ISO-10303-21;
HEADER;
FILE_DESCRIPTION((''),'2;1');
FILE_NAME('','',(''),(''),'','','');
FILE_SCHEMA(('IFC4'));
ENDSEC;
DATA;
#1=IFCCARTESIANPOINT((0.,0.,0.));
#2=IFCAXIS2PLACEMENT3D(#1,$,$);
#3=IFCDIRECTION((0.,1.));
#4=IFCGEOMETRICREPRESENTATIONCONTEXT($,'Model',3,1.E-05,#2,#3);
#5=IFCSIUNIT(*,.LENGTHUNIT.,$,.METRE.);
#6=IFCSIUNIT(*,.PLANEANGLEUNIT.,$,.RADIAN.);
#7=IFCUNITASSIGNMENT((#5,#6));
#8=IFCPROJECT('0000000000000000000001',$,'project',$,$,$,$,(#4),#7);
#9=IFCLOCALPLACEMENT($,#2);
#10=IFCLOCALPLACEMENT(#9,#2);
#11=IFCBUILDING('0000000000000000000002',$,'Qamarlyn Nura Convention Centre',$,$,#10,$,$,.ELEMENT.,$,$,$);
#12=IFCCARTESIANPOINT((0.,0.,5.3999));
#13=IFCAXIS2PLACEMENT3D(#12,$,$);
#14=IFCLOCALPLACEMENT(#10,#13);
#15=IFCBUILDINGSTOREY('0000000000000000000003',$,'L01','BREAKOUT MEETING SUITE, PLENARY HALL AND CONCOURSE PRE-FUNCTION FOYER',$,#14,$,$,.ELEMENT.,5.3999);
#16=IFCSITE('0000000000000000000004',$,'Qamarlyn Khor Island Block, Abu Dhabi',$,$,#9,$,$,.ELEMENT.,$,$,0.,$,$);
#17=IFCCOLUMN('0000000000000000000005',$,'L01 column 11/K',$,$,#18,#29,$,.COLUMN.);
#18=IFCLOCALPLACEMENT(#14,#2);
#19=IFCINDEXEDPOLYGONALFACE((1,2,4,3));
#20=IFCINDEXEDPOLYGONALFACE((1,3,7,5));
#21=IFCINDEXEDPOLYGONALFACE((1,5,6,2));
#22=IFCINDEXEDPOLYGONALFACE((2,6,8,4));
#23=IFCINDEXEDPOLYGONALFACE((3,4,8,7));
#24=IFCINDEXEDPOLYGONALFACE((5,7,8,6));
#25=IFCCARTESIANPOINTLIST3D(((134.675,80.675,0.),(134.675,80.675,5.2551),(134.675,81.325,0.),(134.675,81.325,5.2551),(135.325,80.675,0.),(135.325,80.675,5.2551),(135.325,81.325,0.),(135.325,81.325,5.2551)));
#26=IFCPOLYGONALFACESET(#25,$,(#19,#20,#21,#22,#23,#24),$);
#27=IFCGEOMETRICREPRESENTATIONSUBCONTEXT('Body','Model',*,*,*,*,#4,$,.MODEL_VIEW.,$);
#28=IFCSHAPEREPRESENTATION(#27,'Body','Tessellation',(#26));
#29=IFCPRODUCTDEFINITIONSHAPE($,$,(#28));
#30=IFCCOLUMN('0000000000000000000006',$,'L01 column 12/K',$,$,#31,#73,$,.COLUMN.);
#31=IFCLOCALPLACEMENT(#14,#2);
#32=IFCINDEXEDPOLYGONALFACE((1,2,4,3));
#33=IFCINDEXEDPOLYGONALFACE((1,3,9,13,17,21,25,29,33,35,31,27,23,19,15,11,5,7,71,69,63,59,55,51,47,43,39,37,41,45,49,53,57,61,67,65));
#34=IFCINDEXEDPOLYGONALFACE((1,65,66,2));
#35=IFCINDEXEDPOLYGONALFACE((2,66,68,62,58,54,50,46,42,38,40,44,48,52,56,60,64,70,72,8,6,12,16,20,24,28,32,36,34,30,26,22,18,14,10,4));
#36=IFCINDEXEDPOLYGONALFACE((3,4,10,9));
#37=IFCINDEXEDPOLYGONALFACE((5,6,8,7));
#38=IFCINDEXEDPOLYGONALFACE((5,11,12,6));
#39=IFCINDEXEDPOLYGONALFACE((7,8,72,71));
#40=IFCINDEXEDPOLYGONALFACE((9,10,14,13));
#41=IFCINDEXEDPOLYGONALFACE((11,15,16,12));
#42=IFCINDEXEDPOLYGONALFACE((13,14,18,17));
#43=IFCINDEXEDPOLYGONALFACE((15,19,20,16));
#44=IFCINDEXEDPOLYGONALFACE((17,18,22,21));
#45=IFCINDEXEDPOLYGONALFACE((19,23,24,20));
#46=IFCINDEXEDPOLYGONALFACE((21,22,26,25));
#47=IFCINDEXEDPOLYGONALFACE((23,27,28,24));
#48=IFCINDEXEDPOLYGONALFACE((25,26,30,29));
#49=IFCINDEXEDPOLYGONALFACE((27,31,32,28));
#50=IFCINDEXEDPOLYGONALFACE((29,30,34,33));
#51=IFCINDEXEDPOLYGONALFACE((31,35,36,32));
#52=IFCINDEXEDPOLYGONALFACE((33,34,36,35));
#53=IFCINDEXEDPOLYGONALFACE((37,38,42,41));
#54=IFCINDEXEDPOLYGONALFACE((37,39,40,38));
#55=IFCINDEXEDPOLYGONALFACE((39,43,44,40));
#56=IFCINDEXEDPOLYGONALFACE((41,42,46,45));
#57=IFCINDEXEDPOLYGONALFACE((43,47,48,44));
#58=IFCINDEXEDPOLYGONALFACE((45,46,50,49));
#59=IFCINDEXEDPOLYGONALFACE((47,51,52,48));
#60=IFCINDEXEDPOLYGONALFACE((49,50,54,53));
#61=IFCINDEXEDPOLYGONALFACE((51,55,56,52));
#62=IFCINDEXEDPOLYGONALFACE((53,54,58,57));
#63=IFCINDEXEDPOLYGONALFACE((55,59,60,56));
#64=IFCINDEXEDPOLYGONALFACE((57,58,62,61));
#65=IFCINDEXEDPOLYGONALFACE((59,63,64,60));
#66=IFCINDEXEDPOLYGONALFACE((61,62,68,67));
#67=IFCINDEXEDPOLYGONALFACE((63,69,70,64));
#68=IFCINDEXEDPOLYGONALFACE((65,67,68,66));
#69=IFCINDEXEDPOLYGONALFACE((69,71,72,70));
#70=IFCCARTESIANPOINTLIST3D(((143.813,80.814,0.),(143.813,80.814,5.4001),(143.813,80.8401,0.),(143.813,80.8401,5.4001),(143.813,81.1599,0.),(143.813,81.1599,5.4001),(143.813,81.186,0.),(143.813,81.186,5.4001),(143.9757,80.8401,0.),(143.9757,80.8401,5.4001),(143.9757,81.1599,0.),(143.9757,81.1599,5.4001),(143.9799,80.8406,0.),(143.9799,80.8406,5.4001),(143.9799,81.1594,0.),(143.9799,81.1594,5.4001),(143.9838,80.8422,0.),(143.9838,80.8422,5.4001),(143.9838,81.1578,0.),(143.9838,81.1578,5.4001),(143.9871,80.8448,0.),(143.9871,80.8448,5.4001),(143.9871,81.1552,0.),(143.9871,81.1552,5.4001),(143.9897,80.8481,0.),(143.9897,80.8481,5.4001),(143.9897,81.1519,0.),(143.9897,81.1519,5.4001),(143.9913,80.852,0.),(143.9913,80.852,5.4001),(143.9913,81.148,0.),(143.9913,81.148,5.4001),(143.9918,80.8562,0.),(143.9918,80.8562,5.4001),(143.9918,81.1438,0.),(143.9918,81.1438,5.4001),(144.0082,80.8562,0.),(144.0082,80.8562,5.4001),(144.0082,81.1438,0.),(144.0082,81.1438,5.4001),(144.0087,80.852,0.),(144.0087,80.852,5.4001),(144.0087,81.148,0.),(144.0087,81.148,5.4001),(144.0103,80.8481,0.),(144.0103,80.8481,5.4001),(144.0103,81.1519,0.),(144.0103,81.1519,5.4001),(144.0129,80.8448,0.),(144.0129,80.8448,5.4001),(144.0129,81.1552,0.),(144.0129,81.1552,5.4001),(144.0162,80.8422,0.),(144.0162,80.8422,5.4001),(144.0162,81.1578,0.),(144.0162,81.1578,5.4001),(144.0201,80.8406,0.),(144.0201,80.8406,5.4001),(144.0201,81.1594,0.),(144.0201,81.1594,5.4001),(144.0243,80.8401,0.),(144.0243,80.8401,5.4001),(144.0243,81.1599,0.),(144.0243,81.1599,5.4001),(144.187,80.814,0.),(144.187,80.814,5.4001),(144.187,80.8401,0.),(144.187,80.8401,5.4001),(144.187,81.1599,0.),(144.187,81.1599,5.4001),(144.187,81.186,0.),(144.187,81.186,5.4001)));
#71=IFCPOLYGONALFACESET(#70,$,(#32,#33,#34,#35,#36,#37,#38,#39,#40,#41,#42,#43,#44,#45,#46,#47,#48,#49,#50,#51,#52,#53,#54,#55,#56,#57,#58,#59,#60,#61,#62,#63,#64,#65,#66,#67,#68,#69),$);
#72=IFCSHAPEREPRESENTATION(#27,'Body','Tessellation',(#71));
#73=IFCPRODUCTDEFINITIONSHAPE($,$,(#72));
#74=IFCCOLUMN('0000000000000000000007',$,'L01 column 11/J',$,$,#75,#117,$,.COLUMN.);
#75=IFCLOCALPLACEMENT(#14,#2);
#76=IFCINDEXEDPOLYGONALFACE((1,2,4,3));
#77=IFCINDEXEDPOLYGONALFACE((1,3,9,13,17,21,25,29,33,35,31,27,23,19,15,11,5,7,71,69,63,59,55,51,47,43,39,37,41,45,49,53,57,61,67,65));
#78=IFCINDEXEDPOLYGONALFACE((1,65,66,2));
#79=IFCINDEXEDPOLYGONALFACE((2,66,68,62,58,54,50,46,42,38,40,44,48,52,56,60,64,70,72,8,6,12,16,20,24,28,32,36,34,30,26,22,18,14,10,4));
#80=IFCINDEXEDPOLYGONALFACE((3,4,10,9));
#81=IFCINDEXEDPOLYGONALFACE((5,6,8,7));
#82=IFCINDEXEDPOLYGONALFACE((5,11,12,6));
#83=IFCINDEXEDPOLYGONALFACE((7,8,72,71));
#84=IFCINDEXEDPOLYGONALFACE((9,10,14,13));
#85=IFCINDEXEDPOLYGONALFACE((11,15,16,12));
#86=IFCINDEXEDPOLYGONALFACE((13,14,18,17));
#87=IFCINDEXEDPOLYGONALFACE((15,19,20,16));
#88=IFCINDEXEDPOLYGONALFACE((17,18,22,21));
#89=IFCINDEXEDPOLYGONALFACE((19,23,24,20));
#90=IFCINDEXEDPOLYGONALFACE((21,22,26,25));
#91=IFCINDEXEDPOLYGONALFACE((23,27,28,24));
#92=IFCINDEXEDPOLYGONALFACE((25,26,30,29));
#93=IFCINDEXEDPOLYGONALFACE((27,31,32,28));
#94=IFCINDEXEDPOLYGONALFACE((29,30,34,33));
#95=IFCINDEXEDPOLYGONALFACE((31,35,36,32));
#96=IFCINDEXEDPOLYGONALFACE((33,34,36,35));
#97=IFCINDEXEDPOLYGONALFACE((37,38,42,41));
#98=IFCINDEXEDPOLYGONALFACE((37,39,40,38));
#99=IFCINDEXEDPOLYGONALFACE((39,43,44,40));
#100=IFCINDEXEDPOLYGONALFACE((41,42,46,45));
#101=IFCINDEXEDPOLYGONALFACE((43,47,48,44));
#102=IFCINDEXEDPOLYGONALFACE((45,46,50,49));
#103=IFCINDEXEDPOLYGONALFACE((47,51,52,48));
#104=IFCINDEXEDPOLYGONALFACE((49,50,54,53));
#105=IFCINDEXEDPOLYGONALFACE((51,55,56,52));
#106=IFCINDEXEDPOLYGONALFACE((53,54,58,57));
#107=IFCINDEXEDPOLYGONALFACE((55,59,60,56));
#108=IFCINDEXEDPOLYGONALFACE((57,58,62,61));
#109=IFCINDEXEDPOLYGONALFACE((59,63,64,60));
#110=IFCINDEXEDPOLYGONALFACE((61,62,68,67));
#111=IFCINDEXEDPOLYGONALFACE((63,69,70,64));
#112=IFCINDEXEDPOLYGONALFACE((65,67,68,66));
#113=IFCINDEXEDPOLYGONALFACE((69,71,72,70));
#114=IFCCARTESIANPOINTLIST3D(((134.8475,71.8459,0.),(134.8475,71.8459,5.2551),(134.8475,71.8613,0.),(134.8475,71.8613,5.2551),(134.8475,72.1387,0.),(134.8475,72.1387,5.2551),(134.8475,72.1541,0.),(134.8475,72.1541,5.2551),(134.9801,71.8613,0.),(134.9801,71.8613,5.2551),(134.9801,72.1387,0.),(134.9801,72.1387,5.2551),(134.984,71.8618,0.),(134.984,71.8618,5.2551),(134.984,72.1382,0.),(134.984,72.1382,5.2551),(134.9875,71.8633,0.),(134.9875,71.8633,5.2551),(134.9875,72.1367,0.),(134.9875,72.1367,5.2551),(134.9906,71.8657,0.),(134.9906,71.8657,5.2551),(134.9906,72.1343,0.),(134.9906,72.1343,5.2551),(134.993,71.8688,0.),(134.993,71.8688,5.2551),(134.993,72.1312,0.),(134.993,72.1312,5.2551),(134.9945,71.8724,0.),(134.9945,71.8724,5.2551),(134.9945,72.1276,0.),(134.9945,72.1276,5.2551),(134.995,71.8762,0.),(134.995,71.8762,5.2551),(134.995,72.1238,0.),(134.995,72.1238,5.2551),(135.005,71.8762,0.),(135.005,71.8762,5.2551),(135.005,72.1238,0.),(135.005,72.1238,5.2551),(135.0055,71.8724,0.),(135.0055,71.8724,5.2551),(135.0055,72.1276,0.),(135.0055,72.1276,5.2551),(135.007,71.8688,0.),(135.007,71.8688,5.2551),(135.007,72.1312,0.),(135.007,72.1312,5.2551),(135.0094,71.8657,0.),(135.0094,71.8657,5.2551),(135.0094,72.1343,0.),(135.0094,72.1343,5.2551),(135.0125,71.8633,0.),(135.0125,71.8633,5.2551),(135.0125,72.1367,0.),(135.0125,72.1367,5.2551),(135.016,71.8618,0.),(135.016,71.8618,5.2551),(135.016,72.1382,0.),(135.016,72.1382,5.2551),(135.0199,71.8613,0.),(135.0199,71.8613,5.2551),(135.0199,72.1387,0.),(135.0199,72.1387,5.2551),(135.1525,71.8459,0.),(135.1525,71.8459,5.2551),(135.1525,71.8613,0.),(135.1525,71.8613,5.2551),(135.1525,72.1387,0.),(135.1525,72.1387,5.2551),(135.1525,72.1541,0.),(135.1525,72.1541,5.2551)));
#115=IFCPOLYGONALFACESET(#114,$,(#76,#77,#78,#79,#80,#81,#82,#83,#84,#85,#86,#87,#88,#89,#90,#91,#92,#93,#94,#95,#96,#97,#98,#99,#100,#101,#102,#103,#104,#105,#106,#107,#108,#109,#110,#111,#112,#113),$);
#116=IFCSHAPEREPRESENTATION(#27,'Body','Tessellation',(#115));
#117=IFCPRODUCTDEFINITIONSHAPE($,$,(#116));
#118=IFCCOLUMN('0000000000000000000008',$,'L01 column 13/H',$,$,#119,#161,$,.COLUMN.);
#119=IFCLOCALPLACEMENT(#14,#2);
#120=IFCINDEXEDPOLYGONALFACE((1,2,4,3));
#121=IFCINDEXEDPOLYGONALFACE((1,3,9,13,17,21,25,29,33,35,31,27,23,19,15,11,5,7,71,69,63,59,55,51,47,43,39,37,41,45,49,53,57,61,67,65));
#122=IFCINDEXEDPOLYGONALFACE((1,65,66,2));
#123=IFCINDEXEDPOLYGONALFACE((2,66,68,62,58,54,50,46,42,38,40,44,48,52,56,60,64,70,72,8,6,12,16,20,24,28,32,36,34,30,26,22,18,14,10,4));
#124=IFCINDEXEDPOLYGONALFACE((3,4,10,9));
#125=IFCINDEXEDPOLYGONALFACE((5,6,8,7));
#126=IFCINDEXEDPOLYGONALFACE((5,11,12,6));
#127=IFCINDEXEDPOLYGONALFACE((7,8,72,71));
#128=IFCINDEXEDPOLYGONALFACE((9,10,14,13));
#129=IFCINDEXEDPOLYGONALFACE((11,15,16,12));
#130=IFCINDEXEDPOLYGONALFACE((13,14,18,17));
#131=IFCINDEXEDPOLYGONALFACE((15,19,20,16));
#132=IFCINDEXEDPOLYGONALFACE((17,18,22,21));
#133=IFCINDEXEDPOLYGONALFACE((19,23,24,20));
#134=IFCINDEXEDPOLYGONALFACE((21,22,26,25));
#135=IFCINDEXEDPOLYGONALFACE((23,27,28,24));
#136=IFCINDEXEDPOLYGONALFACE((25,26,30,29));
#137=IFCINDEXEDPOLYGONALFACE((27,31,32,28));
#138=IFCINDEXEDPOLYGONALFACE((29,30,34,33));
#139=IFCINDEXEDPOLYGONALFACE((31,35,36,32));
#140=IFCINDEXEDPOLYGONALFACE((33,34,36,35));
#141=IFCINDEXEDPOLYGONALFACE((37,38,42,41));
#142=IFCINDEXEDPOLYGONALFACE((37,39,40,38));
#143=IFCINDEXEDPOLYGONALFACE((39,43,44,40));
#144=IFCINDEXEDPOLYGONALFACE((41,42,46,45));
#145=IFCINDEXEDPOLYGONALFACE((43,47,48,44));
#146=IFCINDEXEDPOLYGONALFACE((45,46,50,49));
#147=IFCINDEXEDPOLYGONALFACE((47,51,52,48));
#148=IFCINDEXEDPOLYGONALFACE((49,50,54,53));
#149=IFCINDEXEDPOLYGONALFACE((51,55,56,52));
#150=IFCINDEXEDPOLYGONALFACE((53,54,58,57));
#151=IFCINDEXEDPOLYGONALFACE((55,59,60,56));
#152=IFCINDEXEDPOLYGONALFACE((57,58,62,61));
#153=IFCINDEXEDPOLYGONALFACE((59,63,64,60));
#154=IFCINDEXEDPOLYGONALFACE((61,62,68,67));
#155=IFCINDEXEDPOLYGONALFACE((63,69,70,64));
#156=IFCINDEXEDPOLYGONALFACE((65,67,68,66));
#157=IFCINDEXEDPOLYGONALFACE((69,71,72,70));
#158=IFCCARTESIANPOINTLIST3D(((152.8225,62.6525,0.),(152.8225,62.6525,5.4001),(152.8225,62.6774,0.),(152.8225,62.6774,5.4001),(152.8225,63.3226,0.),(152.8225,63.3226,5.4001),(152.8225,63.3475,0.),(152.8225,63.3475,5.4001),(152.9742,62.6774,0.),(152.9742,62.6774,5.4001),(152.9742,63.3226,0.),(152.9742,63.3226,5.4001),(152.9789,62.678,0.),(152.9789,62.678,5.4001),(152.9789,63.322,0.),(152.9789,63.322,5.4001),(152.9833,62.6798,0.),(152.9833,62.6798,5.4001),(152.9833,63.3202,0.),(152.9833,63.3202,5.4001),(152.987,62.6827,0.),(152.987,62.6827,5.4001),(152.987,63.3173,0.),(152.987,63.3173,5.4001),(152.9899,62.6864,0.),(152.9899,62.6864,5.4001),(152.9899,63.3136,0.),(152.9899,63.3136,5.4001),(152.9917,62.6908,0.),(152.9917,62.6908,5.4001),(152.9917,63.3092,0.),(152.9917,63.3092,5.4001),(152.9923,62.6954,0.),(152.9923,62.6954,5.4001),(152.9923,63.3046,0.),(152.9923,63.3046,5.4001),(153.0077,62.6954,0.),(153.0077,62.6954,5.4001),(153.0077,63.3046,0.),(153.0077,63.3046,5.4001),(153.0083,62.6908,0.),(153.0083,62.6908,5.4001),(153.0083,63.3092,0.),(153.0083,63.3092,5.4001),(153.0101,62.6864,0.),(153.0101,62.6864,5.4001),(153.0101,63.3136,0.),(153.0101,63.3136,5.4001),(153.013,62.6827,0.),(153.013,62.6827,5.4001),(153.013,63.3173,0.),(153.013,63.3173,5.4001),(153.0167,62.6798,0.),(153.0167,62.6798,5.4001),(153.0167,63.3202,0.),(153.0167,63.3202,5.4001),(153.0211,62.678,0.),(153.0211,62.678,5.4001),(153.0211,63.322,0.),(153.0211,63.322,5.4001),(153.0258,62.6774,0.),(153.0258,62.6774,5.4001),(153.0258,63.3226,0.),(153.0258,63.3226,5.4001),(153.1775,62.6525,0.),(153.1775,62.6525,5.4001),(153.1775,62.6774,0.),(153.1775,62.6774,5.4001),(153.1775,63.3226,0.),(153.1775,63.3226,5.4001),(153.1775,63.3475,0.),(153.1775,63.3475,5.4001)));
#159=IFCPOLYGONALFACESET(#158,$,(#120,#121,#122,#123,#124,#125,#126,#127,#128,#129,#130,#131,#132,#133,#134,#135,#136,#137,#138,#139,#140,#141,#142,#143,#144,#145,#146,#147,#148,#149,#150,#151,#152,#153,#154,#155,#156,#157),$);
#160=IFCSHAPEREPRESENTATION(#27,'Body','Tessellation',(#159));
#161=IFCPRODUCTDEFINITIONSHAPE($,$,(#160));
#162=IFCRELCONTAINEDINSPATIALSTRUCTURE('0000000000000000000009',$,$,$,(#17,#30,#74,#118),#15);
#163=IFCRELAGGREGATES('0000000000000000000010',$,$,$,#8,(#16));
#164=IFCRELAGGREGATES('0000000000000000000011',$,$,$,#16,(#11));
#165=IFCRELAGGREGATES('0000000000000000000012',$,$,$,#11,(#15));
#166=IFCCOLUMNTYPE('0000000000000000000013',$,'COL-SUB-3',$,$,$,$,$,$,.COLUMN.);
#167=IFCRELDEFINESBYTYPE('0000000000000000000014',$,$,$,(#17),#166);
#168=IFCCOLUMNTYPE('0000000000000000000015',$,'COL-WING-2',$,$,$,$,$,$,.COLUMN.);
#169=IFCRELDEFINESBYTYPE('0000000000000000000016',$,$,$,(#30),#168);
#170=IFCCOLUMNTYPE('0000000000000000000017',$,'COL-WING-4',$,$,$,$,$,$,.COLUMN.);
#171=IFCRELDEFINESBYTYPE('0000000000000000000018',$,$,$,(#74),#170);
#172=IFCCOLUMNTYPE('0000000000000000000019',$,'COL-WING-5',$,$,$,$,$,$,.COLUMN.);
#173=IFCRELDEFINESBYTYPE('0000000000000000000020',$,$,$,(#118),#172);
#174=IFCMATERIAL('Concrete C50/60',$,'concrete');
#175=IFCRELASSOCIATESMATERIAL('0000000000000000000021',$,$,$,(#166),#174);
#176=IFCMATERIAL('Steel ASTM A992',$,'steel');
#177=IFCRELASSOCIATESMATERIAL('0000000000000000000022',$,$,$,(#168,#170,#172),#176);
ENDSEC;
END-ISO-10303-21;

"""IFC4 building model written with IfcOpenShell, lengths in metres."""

from ifc_helpers import new_model, si_unit, direction, frame, origin, origin_2d, place, context, subcontext, project, spatial, rectangle, i_section, extrude, material, material_profile, profile_set, type_object, element, save


model = new_model("IFC4")

# Units and contexts
model_context = context("Model", 3, precision=1e-05, world=origin(), true_north=direction((0.0, 1.0)))
body_context = subcontext(model_context, "Body", "Model", "MODEL_VIEW")
ifc_project = project(units=[si_unit("LENGTHUNIT", "METRE"), si_unit("PLANEANGLEUNIT", "RADIAN")], contexts=[model_context])

# Site, building, storey
site_placement = place(None, origin())
site = spatial("IfcSite", under=ifc_project, at=site_placement, Name="Qamarlyn Khor Island Block, Abu Dhabi", CompositionType="ELEMENT", RefElevation=0.0)
building_placement = place(site_placement, origin())
building = spatial("IfcBuilding", under=site, at=building_placement, Name="Qamarlyn Nura Convention Centre", CompositionType="ELEMENT")
storey_placement = place(building_placement, frame((0.0, 0.0, 5.3999)))
storey = spatial("IfcBuildingStorey", under=building, at=storey_placement, Name="L01", Description="BREAKOUT MEETING SUITE, PLENARY HALL AND CONCOURSE PRE-FUNCTION FOYER", CompositionType="ELEMENT", Elevation=5.3999)

# Columns
ifc_material_1 = material(Name="Steel ASTM A992", Category="steel")
ifc_material_2 = material(Name="Concrete C50/60", Category="concrete")
ifc_material_profile_1 = material_profile(ifc_material_2, rectangle(XDim=0.6499, YDim=0.6499, at=origin_2d()), Name="RC 650x650")
ifc_profile_set_1 = profile_set([ifc_material_profile_1], Name="Concrete C50/60")
column_type_1 = type_object("IfcColumnType", Name="COL-SUB-3", PredefinedType="COLUMN", material=ifc_profile_set_1)
column_1_placement = place(storey_placement, frame((135.0, 81.0, 0.0), z_axis=(0.0, 0.0, 1.0), x_axis=(1.0, 0.0, 0.0)))
element("IfcColumn", 1, at=column_1_placement, inside=storey, type_object=column_type_1, Name="L01 column 11/K", PredefinedType="COLUMN", context=body_context, shape_type="SweptSolid", body=[
    extrude(rectangle(XDim=0.6499, YDim=0.6499, at=origin_2d()), origin(), (0.0, 0.0, 1.0), 5.2551),
])
ifc_material_profile_2 = material_profile(ifc_material_1, i_section(OverallWidth=0.374, OverallDepth=0.3721, WebThickness=0.0164, FlangeThickness=0.0261, FilletRadius=0.0161, at=origin_2d()), Name="W360X196")
ifc_profile_set_2 = profile_set([ifc_material_profile_2], Name="Steel ASTM A992")
column_type_2 = type_object("IfcColumnType", Name="COL-WING-2", PredefinedType="COLUMN", material=ifc_profile_set_2)
column_2_placement = place(storey_placement, frame((144.0, 81.0, 0.0), z_axis=(0.0, 0.0, 1.0), x_axis=(1.0, 0.0, 0.0)))
element("IfcColumn", 2, at=column_2_placement, inside=storey, type_object=column_type_2, Name="L01 column 12/K", PredefinedType="COLUMN", context=body_context, shape_type="SweptSolid", body=[
    extrude(i_section(OverallWidth=0.374, OverallDepth=0.3721, WebThickness=0.0164, FlangeThickness=0.0261, FilletRadius=0.0161, at=origin_2d()), origin(), (0.0, 0.0, 1.0), 5.4001),
])
ifc_material_profile_3 = material_profile(ifc_material_1, i_section(OverallWidth=0.3049, OverallDepth=0.3081, WebThickness=0.01, FlangeThickness=0.0154, FilletRadius=0.0149, at=origin_2d()), Name="W310X97")
ifc_profile_set_3 = profile_set([ifc_material_profile_3], Name="Steel ASTM A992")
column_type_3 = type_object("IfcColumnType", Name="COL-WING-4", PredefinedType="COLUMN", material=ifc_profile_set_3)
column_3_placement = place(storey_placement, frame((135.0, 72.0, 0.0), z_axis=(0.0, 0.0, 1.0), x_axis=(1.0, 0.0, 0.0)))
element("IfcColumn", 3, at=column_3_placement, inside=storey, type_object=column_type_3, Name="L01 column 11/J", PredefinedType="COLUMN", context=body_context, shape_type="SweptSolid", body=[
    extrude(i_section(OverallWidth=0.3049, OverallDepth=0.3081, WebThickness=0.01, FlangeThickness=0.0154, FilletRadius=0.0149, at=origin_2d()), origin(), (0.0, 0.0, 1.0), 5.2551),
])
ifc_material_profile_4 = material_profile(ifc_material_1, i_section(OverallWidth=0.355, OverallDepth=0.6951, WebThickness=0.0154, FlangeThickness=0.0249, FilletRadius=0.0181, at=origin_2d()), Name="W690X217")
ifc_profile_set_4 = profile_set([ifc_material_profile_4], Name="Steel ASTM A992")
column_type_4 = type_object("IfcColumnType", Name="COL-WING-5", PredefinedType="COLUMN", material=ifc_profile_set_4)
column_4_placement = place(storey_placement, frame((153.0, 63.0, 0.0), z_axis=(0.0, 0.0, 1.0), x_axis=(1.0, 0.0, 0.0)))
element("IfcColumn", 4, at=column_4_placement, inside=storey, type_object=column_type_4, Name="L01 column 13/H", PredefinedType="COLUMN", context=body_context, shape_type="SweptSolid", body=[
    extrude(i_section(OverallWidth=0.355, OverallDepth=0.6951, WebThickness=0.0154, FlangeThickness=0.0249, FilletRadius=0.0181, at=origin_2d()), origin(), (0.0, 0.0, 1.0), 5.4001),
])

save(model, "model.ifc")
